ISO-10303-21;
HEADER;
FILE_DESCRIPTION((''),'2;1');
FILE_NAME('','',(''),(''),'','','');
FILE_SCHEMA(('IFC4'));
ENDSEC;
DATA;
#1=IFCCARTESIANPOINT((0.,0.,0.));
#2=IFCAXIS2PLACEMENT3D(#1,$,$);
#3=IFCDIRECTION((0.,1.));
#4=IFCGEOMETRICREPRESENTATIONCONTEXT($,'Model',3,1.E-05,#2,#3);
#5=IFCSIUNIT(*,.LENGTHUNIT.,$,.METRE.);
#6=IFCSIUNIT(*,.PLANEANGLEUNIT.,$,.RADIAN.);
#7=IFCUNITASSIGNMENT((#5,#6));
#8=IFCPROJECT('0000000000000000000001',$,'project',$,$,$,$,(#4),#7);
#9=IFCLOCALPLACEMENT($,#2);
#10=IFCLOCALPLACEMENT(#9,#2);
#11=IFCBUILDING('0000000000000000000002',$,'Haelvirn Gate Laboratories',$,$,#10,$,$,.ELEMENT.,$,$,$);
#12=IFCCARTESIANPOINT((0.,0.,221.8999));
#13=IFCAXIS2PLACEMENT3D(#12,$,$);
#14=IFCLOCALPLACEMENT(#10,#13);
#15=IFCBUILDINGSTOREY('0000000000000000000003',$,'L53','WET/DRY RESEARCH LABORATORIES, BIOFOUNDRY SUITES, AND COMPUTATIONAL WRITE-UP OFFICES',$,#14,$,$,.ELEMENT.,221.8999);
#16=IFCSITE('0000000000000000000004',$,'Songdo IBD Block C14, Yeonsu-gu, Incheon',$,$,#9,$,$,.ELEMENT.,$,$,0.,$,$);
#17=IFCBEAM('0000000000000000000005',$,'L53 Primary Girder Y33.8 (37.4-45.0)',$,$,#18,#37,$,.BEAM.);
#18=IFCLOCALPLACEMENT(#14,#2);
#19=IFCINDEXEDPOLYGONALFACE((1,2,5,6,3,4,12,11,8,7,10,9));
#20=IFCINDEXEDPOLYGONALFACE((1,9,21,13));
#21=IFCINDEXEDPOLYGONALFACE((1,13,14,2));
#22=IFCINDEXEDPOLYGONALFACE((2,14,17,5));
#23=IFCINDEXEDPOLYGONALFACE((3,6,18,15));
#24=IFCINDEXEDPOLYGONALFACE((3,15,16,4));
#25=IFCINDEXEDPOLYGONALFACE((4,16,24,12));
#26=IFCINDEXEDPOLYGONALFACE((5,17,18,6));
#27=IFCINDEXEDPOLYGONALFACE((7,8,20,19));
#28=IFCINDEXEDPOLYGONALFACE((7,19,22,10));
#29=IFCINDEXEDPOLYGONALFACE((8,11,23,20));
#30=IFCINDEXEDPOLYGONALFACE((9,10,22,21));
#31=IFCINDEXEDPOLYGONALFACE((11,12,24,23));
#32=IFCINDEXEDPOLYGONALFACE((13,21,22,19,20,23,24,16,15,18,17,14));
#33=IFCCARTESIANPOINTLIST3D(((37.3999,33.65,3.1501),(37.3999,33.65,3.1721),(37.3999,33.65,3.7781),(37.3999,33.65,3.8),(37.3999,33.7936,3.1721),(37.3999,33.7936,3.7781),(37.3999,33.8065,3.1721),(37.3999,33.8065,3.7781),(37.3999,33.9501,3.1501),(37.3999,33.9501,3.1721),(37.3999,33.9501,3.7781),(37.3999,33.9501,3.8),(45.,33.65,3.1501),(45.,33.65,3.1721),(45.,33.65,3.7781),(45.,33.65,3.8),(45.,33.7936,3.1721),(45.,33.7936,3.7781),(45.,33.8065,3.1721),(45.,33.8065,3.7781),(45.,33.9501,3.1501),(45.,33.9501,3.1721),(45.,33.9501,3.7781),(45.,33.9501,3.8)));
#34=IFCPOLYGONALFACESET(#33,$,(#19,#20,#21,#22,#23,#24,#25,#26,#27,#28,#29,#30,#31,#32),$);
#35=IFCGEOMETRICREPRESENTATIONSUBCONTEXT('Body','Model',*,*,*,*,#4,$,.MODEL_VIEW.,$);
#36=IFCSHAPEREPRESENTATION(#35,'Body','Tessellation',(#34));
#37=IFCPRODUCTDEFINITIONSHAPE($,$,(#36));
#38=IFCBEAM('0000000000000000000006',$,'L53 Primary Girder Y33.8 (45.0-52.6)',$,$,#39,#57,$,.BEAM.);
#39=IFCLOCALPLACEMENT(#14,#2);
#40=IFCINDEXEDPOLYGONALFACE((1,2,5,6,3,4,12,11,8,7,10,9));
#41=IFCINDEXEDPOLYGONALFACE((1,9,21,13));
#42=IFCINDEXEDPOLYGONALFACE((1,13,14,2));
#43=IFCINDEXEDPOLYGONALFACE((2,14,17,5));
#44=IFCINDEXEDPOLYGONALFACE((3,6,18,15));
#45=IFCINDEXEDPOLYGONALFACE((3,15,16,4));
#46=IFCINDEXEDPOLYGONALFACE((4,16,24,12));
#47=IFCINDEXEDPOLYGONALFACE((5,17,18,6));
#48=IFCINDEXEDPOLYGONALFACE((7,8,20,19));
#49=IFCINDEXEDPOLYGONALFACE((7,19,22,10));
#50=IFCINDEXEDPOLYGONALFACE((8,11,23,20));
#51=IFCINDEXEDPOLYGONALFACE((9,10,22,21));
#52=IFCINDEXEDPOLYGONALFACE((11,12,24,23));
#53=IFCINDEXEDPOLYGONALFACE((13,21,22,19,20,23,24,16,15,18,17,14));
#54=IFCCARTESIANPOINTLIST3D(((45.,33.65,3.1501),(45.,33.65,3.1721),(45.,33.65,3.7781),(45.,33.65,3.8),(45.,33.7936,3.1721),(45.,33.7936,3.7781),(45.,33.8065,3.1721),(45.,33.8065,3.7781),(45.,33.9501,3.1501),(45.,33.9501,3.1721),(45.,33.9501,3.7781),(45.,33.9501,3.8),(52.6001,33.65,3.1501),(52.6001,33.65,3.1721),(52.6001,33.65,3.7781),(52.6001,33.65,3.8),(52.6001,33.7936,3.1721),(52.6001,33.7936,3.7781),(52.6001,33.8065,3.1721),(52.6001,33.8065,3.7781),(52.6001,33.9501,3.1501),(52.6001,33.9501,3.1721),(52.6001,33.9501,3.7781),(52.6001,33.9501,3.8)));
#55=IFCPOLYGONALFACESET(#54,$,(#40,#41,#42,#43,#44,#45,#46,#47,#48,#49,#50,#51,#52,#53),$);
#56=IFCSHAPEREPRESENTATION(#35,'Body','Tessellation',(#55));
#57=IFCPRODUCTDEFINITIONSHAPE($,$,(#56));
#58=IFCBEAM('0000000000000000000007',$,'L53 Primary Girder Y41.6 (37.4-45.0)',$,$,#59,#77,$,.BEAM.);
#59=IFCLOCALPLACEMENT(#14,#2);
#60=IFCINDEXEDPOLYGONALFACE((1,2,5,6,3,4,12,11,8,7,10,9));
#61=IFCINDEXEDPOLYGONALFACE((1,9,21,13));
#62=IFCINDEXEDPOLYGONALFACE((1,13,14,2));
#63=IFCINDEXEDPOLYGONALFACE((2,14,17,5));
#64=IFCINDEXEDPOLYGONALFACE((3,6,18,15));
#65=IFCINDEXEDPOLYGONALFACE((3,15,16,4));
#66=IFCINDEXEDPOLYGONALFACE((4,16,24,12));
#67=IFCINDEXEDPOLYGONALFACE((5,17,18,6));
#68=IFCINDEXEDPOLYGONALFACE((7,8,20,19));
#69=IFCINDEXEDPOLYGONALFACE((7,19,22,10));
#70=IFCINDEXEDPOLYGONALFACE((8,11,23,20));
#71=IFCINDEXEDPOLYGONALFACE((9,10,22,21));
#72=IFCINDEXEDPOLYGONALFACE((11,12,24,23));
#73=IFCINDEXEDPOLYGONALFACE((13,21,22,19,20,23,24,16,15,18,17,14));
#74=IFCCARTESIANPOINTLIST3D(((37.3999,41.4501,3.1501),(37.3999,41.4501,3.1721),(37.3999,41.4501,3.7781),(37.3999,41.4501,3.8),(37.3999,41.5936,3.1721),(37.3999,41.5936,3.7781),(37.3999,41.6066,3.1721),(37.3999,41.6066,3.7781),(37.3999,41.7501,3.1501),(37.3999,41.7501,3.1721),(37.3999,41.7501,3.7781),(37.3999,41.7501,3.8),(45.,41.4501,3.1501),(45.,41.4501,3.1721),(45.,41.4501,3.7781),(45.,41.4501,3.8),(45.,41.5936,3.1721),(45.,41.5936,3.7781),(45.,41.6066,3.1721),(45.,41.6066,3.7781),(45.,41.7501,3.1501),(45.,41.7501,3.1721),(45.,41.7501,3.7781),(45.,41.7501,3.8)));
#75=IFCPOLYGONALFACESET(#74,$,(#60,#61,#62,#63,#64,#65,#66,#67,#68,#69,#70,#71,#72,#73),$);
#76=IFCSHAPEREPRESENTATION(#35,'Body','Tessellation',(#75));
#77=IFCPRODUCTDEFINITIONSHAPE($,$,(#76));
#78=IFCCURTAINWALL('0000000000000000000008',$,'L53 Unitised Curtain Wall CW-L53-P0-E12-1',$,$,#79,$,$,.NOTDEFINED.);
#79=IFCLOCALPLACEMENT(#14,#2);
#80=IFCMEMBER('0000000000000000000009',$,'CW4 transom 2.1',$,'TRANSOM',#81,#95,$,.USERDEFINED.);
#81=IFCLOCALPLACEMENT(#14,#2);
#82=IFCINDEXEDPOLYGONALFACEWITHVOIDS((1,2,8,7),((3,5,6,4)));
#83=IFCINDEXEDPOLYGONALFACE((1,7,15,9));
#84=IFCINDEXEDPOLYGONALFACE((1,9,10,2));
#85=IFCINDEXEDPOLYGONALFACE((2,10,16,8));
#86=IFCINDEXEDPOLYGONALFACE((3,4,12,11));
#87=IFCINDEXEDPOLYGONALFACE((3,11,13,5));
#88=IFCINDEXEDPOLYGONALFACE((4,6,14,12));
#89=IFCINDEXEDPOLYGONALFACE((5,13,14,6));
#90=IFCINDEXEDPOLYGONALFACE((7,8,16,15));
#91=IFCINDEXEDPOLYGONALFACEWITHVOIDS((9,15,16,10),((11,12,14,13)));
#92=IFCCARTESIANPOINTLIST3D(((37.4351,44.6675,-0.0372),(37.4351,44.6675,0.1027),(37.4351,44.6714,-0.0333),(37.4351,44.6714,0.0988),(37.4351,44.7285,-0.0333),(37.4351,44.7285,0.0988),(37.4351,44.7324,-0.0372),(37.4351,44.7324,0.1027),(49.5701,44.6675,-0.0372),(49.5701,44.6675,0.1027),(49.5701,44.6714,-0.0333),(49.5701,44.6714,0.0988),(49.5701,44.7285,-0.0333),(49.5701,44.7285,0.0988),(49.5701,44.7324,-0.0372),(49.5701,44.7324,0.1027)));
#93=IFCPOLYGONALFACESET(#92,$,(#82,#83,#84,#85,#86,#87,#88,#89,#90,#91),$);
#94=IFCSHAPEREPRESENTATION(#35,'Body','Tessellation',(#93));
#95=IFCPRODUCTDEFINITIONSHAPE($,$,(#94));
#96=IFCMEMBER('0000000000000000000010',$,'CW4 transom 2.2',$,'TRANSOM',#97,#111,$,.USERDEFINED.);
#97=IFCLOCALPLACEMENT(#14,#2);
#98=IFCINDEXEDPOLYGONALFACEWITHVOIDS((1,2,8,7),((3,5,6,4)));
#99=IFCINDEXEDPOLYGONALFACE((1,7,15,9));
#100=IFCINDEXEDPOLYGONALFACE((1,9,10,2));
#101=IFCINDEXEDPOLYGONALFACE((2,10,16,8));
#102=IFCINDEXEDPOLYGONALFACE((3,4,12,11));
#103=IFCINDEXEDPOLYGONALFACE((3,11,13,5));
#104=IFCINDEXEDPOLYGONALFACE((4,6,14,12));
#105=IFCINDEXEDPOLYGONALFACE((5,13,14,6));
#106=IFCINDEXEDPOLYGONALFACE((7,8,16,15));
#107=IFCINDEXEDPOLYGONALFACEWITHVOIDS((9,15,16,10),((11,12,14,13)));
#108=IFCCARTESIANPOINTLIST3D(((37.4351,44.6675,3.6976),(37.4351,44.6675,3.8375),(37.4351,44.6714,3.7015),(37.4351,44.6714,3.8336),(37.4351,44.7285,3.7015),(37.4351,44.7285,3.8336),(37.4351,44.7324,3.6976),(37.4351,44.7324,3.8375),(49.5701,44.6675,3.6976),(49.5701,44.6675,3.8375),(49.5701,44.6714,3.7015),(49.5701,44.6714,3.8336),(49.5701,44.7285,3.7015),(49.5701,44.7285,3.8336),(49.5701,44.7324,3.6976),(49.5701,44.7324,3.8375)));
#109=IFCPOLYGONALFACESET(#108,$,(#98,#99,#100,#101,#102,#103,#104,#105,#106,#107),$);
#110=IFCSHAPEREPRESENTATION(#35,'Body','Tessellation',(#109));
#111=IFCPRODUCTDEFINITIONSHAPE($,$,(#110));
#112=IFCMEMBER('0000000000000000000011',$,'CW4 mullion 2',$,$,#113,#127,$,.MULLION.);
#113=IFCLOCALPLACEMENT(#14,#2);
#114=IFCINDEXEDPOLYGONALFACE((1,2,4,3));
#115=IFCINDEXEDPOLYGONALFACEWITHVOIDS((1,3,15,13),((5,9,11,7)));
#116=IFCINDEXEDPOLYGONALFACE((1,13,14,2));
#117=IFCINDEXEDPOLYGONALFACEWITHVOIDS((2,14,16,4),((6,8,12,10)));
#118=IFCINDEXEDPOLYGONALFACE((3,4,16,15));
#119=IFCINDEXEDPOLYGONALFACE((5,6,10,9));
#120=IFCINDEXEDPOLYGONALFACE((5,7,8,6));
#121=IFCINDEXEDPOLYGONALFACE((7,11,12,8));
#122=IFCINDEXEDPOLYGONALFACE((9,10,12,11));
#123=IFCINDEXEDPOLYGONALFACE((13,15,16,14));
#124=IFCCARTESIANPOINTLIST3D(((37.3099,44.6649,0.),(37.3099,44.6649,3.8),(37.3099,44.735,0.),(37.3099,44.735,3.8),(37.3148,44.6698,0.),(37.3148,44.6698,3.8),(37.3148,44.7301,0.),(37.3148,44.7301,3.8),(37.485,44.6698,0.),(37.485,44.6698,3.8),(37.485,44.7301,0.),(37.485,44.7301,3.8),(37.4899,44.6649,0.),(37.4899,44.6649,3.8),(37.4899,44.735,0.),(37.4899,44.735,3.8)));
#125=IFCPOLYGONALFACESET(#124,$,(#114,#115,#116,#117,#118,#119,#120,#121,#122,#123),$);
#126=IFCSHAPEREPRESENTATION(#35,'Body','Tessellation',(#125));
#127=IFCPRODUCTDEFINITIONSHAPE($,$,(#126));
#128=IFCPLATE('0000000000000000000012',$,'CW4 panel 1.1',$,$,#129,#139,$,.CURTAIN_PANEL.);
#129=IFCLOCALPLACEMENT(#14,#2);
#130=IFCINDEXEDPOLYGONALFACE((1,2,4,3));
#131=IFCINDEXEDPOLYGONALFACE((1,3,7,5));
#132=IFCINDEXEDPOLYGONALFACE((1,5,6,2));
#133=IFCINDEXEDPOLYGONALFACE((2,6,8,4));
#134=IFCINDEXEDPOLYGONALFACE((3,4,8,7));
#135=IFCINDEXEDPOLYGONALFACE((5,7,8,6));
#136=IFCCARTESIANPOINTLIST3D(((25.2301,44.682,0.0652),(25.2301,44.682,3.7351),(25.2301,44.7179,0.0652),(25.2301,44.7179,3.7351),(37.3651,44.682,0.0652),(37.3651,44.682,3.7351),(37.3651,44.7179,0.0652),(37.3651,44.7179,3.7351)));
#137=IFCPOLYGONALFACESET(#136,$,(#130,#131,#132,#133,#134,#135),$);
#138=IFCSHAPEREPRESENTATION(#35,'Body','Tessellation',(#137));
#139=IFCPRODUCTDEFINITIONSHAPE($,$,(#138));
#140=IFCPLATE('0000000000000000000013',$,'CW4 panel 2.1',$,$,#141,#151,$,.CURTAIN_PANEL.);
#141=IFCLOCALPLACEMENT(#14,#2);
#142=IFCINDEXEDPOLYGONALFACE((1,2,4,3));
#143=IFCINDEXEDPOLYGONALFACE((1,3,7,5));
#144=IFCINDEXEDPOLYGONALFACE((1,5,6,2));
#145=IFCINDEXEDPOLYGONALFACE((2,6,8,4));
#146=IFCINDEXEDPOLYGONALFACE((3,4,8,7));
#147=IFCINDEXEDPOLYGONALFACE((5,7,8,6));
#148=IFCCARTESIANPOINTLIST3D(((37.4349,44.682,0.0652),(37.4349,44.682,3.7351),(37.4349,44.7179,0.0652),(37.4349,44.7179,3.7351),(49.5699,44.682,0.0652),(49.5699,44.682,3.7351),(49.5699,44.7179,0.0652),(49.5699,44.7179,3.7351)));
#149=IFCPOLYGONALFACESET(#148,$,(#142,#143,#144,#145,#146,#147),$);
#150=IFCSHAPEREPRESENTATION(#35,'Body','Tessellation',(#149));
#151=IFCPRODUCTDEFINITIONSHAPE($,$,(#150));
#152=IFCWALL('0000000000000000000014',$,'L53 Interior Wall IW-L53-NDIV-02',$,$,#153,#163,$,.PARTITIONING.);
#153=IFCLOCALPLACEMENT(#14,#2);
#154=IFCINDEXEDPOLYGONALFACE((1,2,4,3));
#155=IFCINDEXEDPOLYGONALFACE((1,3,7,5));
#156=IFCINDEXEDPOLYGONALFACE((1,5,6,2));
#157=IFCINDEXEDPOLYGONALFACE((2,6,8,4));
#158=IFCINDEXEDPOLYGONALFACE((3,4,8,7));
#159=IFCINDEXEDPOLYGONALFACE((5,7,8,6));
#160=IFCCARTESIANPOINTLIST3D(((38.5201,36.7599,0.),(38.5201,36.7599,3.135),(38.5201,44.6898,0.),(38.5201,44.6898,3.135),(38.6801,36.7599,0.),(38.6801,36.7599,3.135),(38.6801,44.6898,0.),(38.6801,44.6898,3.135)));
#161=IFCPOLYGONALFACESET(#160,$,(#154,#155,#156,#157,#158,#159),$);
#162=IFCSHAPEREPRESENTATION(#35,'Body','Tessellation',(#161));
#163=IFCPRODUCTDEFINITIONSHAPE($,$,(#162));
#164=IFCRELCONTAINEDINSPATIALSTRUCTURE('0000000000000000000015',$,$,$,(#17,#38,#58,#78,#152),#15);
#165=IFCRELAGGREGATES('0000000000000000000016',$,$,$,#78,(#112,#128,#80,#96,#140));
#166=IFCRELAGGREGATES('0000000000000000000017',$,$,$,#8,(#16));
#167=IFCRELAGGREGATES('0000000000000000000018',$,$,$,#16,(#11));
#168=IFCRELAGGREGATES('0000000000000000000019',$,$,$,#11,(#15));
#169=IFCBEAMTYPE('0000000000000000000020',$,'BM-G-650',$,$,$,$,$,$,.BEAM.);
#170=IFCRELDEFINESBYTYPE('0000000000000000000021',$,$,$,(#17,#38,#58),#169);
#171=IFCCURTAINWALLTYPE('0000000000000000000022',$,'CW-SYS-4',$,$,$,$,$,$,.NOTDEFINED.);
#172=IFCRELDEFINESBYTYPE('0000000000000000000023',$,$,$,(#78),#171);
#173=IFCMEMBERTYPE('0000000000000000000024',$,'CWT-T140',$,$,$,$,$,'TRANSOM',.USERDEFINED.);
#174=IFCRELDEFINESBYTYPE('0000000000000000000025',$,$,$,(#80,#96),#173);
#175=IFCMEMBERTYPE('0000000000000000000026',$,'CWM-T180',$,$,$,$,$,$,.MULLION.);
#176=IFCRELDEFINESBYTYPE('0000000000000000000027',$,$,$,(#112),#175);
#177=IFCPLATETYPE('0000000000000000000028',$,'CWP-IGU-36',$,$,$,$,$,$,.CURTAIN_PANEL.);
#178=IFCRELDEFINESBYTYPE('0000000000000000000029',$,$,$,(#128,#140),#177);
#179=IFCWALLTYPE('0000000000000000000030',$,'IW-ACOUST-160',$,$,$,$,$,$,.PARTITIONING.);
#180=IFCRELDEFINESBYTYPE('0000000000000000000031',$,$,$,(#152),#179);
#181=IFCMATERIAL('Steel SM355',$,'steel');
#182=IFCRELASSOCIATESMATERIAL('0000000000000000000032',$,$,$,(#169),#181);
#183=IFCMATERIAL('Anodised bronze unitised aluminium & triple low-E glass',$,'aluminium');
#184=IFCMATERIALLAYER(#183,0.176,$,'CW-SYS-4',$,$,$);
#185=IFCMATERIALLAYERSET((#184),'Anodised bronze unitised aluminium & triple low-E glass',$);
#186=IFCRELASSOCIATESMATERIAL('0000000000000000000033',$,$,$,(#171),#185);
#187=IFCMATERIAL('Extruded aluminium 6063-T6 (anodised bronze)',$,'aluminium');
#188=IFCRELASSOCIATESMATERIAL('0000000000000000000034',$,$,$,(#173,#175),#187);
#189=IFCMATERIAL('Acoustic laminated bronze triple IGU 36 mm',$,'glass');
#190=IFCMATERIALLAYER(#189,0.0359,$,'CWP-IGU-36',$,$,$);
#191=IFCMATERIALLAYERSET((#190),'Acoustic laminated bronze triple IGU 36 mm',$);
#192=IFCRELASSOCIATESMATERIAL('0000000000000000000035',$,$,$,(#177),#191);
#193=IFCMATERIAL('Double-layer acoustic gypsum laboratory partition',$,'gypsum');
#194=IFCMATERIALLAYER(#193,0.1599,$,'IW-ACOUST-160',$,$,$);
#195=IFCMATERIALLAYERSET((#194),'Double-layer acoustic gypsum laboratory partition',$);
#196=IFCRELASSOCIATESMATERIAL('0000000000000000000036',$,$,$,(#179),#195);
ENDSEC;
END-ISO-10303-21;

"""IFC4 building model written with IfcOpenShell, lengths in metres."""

from ifc_helpers import new_model, si_unit, direction, frame, frame_2d, origin, origin_2d, place, context, subcontext, project, spatial, rectangle, hollow_rectangle, i_section, extrude, source, transform, mapped, material, layer, layer_set, material_profile, profile_set, type_object, type_shapes, element, aggregate, save


model = new_model("IFC4")

# Units and contexts
model_context = context("Model", 3, precision=1e-05, world=origin(), true_north=direction((0.0, 1.0)))
body_context = subcontext(model_context, "Body", "Model", "MODEL_VIEW")
ifc_project = project(units=[si_unit("LENGTHUNIT", "METRE"), si_unit("PLANEANGLEUNIT", "RADIAN")], contexts=[model_context])

# Site, building, storey
site_placement = place(None, origin())
site = spatial("IfcSite", under=ifc_project, at=site_placement, Name="Songdo IBD Block C14, Yeonsu-gu, Incheon", CompositionType="ELEMENT", RefElevation=0.0)
building_placement = place(site_placement, origin())
building = spatial("IfcBuilding", under=site, at=building_placement, Name="Haelvirn Gate Laboratories", CompositionType="ELEMENT")
storey_placement = place(building_placement, frame((0.0, 0.0, 221.8999)))
storey = spatial("IfcBuildingStorey", under=building, at=storey_placement, Name="L53", Description="WET/DRY RESEARCH LABORATORIES, BIOFOUNDRY SUITES, AND COMPUTATIONAL WRITE-UP OFFICES", CompositionType="ELEMENT", Elevation=221.8999)

# Shared definitions
ifc_material_1 = material(Name="Steel SM355", Category="steel")

# Beams
ifc_material_profile_1 = material_profile(ifc_material_1, i_section(OverallWidth=0.3, OverallDepth=0.6499, WebThickness=0.0129, FlangeThickness=0.022, at=origin_2d()), Name="H-650x300x13x22")
ifc_profile_set_1 = profile_set([ifc_material_profile_1], Name="Steel SM355")
beam_type_1 = type_object("IfcBeamType", Name="BM-G-650", PredefinedType="BEAM", material=ifc_profile_set_1)
shared_shape_1 = source(origin(), body_context, "Body", "SweptSolid", [
    extrude(i_section(OverallWidth=0.3, OverallDepth=0.6499, WebThickness=0.0129, FlangeThickness=0.022, at=origin_2d()), origin(), (0.0, 0.0, 1.0), 7.6001),
])
type_shapes(beam_type_1, [shared_shape_1])
for number, where, z_axis, x_axis, name in (
    (1, (37.3999, 33.8, 3.4751), (1.0, 0.0, 0.0), (0.0, 1.0, 0.0), "L53 Primary Girder Y33.8 (37.4-45.0)"),
    (2, (45.0, 33.8, 3.4751), (1.0, 0.0, 0.0), (0.0, 1.0, 0.0), "L53 Primary Girder Y33.8 (45.0-52.6)"),
    (3, (37.3999, 41.6001, 3.4751), (1.0, 0.0, 0.0), (0.0, 1.0, 0.0), "L53 Primary Girder Y41.6 (37.4-45.0)"),
):
    element("IfcBeam", number, at=place(storey_placement, frame(where, z_axis=z_axis, x_axis=x_axis)), inside=storey, type_object=beam_type_1, Name=name, PredefinedType="BEAM", context=body_context, shape_type="MappedRepresentation", body=[
        mapped(shared_shape_1, transform((0.0, 0.0, 0.0), scale=1.0)),
    ])

# Curtain wall, members, plates
ifc_material_2 = material(Name="Anodised bronze unitised aluminium & triple low-E glass", Category="aluminium")
ifc_layer_1 = layer(ifc_material_2, 0.176, Name="CW-SYS-4")
ifc_layer_set_1 = layer_set([ifc_layer_1], Name="Anodised bronze unitised aluminium & triple low-E glass")
curtain_wall_type = type_object("IfcCurtainWallType", Name="CW-SYS-4", PredefinedType="NOTDEFINED", material=ifc_layer_set_1)
curtain_wall_placement = place(storey_placement, origin())
curtain_wall = element("IfcCurtainWall", 4, at=curtain_wall_placement, inside=storey, type_object=curtain_wall_type, Name="L53 Unitised Curtain Wall CW-L53-P0-E12-1", PredefinedType="NOTDEFINED")
ifc_material_3 = material(Name="Extruded aluminium 6063-T6 (anodised bronze)", Category="aluminium")
ifc_material_profile_2 = material_profile(ifc_material_3, hollow_rectangle(XDim=0.0649, YDim=0.1399, WallThickness=0.0039, at=origin_2d()), Name="CWT-140x65x4")
ifc_profile_set_2 = profile_set([ifc_material_profile_2], Name="Extruded aluminium 6063-T6 (anodised bronze)")
member_type_1 = type_object("IfcMemberType", Name="CWT-T140", ElementType="TRANSOM", PredefinedType="USERDEFINED", material=ifc_profile_set_2)
shared_shape_2 = source(origin(), body_context, "Body", "SweptSolid", [
    extrude(hollow_rectangle(XDim=0.0649, YDim=0.1399, WallThickness=0.0039, at=origin_2d()), origin(), (0.0, 0.0, 1.0), 12.135),
])
type_shapes(member_type_1, [shared_shape_2])
member_1_placement = place(storey_placement, frame((37.4351, 44.7, 0.0327), z_axis=(1.0, 0.0, 0.0), x_axis=(0.0, 1.0, 0.0)))
member_1 = element("IfcMember", 5, at=member_1_placement, type_object=member_type_1, Name="CW4 transom 2.1", ObjectType="TRANSOM", PredefinedType="USERDEFINED", context=body_context, shape_type="MappedRepresentation", body=[
    mapped(shared_shape_2, transform((0.0, 0.0, 0.0), scale=1.0)),
])
member_2_placement = place(storey_placement, frame((37.4351, 44.7, 3.7676), z_axis=(1.0, 0.0, 0.0), x_axis=(0.0, 1.0, 0.0)))
member_2 = element("IfcMember", 6, at=member_2_placement, type_object=member_type_1, Name="CW4 transom 2.2", ObjectType="TRANSOM", PredefinedType="USERDEFINED", context=body_context, shape_type="MappedRepresentation", body=[
    mapped(shared_shape_2, transform((0.0, 0.0, 0.0), scale=1.0)),
])
ifc_material_profile_3 = material_profile(ifc_material_3, hollow_rectangle(XDim=0.0701, YDim=0.1799, WallThickness=0.0049, at=origin_2d()), Name="CWM-180x70x5")
ifc_profile_set_3 = profile_set([ifc_material_profile_3], Name="Extruded aluminium 6063-T6 (anodised bronze)")
member_type_2 = type_object("IfcMemberType", Name="CWM-T180", PredefinedType="MULLION", material=ifc_profile_set_3)
shared_shape_3 = source(origin(), body_context, "Body", "SweptSolid", [
    extrude(hollow_rectangle(XDim=0.0701, YDim=0.1799, WallThickness=0.0049, at=origin_2d()), origin(), (0.0, 0.0, 1.0), 3.8),
])
type_shapes(member_type_2, [shared_shape_3])
member_3_placement = place(storey_placement, frame((37.3999, 44.7, 0.0), z_axis=(0.0, 0.0, 1.0), x_axis=(0.0, 1.0, 0.0)))
member_3 = element("IfcMember", 7, at=member_3_placement, type_object=member_type_2, Name="CW4 mullion 2", PredefinedType="MULLION", context=body_context, shape_type="MappedRepresentation", body=[
    mapped(shared_shape_3, transform((0.0, 0.0, 0.0), scale=1.0)),
])
ifc_material_4 = material(Name="Acoustic laminated bronze triple IGU 36 mm", Category="glass")
ifc_layer_2 = layer(ifc_material_4, 0.0359, Name="CWP-IGU-36")
ifc_layer_set_2 = layer_set([ifc_layer_2], Name="Acoustic laminated bronze triple IGU 36 mm")
plate_type = type_object("IfcPlateType", Name="CWP-IGU-36", PredefinedType="CURTAIN_PANEL", material=ifc_layer_set_2)
shared_shape_4 = source(origin(), body_context, "Body", "SweptSolid", [
    extrude(rectangle(XDim=12.135, YDim=0.0359, at=origin_2d()), origin(), (0.0, 0.0, 1.0), 3.6699),
])
type_shapes(plate_type, [shared_shape_4])
plate_1_placement = place(storey_placement, frame((31.2976, 44.7, 0.0652), z_axis=(0.0, 0.0, 1.0), x_axis=(1.0, 0.0, 0.0)))
plate_1 = element("IfcPlate", 8, at=plate_1_placement, type_object=plate_type, Name="CW4 panel 1.1", PredefinedType="CURTAIN_PANEL", context=body_context, shape_type="MappedRepresentation", body=[
    mapped(shared_shape_4, transform((0.0, 0.0, 0.0), scale=1.0)),
])
plate_2_placement = place(storey_placement, frame((43.5024, 44.7, 0.0652), z_axis=(0.0, 0.0, 1.0), x_axis=(1.0, 0.0, 0.0)))
plate_2 = element("IfcPlate", 9, at=plate_2_placement, type_object=plate_type, Name="CW4 panel 2.1", PredefinedType="CURTAIN_PANEL", context=body_context, shape_type="MappedRepresentation", body=[
    mapped(shared_shape_4, transform((0.0, 0.0, 0.0), scale=1.0)),
])
aggregate(curtain_wall, [member_3, plate_1, member_1, member_2, plate_2])

# Wall
ifc_material_5 = material(Name="Double-layer acoustic gypsum laboratory partition", Category="gypsum")
ifc_layer_3 = layer(ifc_material_5, 0.1599, Name="IW-ACOUST-160")
ifc_layer_set_3 = layer_set([ifc_layer_3], Name="Double-layer acoustic gypsum laboratory partition")
wall_type_1 = type_object("IfcWallType", Name="IW-ACOUST-160", PredefinedType="PARTITIONING", material=ifc_layer_set_3)
wall_1_placement = place(storey_placement, frame((38.6001, 36.76, 0.0), z_axis=(0.0, 0.0, 1.0), x_axis=(0.0, 1.0, 0.0)))
element("IfcWall", 10, at=wall_1_placement, inside=storey, type_object=wall_type_1, Name="L53 Interior Wall IW-L53-NDIV-02", PredefinedType="PARTITIONING", context=body_context, shape_type="SweptSolid", body=[
    extrude(rectangle(XDim=7.9299, YDim=0.1599, at=frame_2d((3.9648, 0.0))), origin(), (0.0, 0.0, 1.0), 3.135),
])

save(model, "model.ifc")
